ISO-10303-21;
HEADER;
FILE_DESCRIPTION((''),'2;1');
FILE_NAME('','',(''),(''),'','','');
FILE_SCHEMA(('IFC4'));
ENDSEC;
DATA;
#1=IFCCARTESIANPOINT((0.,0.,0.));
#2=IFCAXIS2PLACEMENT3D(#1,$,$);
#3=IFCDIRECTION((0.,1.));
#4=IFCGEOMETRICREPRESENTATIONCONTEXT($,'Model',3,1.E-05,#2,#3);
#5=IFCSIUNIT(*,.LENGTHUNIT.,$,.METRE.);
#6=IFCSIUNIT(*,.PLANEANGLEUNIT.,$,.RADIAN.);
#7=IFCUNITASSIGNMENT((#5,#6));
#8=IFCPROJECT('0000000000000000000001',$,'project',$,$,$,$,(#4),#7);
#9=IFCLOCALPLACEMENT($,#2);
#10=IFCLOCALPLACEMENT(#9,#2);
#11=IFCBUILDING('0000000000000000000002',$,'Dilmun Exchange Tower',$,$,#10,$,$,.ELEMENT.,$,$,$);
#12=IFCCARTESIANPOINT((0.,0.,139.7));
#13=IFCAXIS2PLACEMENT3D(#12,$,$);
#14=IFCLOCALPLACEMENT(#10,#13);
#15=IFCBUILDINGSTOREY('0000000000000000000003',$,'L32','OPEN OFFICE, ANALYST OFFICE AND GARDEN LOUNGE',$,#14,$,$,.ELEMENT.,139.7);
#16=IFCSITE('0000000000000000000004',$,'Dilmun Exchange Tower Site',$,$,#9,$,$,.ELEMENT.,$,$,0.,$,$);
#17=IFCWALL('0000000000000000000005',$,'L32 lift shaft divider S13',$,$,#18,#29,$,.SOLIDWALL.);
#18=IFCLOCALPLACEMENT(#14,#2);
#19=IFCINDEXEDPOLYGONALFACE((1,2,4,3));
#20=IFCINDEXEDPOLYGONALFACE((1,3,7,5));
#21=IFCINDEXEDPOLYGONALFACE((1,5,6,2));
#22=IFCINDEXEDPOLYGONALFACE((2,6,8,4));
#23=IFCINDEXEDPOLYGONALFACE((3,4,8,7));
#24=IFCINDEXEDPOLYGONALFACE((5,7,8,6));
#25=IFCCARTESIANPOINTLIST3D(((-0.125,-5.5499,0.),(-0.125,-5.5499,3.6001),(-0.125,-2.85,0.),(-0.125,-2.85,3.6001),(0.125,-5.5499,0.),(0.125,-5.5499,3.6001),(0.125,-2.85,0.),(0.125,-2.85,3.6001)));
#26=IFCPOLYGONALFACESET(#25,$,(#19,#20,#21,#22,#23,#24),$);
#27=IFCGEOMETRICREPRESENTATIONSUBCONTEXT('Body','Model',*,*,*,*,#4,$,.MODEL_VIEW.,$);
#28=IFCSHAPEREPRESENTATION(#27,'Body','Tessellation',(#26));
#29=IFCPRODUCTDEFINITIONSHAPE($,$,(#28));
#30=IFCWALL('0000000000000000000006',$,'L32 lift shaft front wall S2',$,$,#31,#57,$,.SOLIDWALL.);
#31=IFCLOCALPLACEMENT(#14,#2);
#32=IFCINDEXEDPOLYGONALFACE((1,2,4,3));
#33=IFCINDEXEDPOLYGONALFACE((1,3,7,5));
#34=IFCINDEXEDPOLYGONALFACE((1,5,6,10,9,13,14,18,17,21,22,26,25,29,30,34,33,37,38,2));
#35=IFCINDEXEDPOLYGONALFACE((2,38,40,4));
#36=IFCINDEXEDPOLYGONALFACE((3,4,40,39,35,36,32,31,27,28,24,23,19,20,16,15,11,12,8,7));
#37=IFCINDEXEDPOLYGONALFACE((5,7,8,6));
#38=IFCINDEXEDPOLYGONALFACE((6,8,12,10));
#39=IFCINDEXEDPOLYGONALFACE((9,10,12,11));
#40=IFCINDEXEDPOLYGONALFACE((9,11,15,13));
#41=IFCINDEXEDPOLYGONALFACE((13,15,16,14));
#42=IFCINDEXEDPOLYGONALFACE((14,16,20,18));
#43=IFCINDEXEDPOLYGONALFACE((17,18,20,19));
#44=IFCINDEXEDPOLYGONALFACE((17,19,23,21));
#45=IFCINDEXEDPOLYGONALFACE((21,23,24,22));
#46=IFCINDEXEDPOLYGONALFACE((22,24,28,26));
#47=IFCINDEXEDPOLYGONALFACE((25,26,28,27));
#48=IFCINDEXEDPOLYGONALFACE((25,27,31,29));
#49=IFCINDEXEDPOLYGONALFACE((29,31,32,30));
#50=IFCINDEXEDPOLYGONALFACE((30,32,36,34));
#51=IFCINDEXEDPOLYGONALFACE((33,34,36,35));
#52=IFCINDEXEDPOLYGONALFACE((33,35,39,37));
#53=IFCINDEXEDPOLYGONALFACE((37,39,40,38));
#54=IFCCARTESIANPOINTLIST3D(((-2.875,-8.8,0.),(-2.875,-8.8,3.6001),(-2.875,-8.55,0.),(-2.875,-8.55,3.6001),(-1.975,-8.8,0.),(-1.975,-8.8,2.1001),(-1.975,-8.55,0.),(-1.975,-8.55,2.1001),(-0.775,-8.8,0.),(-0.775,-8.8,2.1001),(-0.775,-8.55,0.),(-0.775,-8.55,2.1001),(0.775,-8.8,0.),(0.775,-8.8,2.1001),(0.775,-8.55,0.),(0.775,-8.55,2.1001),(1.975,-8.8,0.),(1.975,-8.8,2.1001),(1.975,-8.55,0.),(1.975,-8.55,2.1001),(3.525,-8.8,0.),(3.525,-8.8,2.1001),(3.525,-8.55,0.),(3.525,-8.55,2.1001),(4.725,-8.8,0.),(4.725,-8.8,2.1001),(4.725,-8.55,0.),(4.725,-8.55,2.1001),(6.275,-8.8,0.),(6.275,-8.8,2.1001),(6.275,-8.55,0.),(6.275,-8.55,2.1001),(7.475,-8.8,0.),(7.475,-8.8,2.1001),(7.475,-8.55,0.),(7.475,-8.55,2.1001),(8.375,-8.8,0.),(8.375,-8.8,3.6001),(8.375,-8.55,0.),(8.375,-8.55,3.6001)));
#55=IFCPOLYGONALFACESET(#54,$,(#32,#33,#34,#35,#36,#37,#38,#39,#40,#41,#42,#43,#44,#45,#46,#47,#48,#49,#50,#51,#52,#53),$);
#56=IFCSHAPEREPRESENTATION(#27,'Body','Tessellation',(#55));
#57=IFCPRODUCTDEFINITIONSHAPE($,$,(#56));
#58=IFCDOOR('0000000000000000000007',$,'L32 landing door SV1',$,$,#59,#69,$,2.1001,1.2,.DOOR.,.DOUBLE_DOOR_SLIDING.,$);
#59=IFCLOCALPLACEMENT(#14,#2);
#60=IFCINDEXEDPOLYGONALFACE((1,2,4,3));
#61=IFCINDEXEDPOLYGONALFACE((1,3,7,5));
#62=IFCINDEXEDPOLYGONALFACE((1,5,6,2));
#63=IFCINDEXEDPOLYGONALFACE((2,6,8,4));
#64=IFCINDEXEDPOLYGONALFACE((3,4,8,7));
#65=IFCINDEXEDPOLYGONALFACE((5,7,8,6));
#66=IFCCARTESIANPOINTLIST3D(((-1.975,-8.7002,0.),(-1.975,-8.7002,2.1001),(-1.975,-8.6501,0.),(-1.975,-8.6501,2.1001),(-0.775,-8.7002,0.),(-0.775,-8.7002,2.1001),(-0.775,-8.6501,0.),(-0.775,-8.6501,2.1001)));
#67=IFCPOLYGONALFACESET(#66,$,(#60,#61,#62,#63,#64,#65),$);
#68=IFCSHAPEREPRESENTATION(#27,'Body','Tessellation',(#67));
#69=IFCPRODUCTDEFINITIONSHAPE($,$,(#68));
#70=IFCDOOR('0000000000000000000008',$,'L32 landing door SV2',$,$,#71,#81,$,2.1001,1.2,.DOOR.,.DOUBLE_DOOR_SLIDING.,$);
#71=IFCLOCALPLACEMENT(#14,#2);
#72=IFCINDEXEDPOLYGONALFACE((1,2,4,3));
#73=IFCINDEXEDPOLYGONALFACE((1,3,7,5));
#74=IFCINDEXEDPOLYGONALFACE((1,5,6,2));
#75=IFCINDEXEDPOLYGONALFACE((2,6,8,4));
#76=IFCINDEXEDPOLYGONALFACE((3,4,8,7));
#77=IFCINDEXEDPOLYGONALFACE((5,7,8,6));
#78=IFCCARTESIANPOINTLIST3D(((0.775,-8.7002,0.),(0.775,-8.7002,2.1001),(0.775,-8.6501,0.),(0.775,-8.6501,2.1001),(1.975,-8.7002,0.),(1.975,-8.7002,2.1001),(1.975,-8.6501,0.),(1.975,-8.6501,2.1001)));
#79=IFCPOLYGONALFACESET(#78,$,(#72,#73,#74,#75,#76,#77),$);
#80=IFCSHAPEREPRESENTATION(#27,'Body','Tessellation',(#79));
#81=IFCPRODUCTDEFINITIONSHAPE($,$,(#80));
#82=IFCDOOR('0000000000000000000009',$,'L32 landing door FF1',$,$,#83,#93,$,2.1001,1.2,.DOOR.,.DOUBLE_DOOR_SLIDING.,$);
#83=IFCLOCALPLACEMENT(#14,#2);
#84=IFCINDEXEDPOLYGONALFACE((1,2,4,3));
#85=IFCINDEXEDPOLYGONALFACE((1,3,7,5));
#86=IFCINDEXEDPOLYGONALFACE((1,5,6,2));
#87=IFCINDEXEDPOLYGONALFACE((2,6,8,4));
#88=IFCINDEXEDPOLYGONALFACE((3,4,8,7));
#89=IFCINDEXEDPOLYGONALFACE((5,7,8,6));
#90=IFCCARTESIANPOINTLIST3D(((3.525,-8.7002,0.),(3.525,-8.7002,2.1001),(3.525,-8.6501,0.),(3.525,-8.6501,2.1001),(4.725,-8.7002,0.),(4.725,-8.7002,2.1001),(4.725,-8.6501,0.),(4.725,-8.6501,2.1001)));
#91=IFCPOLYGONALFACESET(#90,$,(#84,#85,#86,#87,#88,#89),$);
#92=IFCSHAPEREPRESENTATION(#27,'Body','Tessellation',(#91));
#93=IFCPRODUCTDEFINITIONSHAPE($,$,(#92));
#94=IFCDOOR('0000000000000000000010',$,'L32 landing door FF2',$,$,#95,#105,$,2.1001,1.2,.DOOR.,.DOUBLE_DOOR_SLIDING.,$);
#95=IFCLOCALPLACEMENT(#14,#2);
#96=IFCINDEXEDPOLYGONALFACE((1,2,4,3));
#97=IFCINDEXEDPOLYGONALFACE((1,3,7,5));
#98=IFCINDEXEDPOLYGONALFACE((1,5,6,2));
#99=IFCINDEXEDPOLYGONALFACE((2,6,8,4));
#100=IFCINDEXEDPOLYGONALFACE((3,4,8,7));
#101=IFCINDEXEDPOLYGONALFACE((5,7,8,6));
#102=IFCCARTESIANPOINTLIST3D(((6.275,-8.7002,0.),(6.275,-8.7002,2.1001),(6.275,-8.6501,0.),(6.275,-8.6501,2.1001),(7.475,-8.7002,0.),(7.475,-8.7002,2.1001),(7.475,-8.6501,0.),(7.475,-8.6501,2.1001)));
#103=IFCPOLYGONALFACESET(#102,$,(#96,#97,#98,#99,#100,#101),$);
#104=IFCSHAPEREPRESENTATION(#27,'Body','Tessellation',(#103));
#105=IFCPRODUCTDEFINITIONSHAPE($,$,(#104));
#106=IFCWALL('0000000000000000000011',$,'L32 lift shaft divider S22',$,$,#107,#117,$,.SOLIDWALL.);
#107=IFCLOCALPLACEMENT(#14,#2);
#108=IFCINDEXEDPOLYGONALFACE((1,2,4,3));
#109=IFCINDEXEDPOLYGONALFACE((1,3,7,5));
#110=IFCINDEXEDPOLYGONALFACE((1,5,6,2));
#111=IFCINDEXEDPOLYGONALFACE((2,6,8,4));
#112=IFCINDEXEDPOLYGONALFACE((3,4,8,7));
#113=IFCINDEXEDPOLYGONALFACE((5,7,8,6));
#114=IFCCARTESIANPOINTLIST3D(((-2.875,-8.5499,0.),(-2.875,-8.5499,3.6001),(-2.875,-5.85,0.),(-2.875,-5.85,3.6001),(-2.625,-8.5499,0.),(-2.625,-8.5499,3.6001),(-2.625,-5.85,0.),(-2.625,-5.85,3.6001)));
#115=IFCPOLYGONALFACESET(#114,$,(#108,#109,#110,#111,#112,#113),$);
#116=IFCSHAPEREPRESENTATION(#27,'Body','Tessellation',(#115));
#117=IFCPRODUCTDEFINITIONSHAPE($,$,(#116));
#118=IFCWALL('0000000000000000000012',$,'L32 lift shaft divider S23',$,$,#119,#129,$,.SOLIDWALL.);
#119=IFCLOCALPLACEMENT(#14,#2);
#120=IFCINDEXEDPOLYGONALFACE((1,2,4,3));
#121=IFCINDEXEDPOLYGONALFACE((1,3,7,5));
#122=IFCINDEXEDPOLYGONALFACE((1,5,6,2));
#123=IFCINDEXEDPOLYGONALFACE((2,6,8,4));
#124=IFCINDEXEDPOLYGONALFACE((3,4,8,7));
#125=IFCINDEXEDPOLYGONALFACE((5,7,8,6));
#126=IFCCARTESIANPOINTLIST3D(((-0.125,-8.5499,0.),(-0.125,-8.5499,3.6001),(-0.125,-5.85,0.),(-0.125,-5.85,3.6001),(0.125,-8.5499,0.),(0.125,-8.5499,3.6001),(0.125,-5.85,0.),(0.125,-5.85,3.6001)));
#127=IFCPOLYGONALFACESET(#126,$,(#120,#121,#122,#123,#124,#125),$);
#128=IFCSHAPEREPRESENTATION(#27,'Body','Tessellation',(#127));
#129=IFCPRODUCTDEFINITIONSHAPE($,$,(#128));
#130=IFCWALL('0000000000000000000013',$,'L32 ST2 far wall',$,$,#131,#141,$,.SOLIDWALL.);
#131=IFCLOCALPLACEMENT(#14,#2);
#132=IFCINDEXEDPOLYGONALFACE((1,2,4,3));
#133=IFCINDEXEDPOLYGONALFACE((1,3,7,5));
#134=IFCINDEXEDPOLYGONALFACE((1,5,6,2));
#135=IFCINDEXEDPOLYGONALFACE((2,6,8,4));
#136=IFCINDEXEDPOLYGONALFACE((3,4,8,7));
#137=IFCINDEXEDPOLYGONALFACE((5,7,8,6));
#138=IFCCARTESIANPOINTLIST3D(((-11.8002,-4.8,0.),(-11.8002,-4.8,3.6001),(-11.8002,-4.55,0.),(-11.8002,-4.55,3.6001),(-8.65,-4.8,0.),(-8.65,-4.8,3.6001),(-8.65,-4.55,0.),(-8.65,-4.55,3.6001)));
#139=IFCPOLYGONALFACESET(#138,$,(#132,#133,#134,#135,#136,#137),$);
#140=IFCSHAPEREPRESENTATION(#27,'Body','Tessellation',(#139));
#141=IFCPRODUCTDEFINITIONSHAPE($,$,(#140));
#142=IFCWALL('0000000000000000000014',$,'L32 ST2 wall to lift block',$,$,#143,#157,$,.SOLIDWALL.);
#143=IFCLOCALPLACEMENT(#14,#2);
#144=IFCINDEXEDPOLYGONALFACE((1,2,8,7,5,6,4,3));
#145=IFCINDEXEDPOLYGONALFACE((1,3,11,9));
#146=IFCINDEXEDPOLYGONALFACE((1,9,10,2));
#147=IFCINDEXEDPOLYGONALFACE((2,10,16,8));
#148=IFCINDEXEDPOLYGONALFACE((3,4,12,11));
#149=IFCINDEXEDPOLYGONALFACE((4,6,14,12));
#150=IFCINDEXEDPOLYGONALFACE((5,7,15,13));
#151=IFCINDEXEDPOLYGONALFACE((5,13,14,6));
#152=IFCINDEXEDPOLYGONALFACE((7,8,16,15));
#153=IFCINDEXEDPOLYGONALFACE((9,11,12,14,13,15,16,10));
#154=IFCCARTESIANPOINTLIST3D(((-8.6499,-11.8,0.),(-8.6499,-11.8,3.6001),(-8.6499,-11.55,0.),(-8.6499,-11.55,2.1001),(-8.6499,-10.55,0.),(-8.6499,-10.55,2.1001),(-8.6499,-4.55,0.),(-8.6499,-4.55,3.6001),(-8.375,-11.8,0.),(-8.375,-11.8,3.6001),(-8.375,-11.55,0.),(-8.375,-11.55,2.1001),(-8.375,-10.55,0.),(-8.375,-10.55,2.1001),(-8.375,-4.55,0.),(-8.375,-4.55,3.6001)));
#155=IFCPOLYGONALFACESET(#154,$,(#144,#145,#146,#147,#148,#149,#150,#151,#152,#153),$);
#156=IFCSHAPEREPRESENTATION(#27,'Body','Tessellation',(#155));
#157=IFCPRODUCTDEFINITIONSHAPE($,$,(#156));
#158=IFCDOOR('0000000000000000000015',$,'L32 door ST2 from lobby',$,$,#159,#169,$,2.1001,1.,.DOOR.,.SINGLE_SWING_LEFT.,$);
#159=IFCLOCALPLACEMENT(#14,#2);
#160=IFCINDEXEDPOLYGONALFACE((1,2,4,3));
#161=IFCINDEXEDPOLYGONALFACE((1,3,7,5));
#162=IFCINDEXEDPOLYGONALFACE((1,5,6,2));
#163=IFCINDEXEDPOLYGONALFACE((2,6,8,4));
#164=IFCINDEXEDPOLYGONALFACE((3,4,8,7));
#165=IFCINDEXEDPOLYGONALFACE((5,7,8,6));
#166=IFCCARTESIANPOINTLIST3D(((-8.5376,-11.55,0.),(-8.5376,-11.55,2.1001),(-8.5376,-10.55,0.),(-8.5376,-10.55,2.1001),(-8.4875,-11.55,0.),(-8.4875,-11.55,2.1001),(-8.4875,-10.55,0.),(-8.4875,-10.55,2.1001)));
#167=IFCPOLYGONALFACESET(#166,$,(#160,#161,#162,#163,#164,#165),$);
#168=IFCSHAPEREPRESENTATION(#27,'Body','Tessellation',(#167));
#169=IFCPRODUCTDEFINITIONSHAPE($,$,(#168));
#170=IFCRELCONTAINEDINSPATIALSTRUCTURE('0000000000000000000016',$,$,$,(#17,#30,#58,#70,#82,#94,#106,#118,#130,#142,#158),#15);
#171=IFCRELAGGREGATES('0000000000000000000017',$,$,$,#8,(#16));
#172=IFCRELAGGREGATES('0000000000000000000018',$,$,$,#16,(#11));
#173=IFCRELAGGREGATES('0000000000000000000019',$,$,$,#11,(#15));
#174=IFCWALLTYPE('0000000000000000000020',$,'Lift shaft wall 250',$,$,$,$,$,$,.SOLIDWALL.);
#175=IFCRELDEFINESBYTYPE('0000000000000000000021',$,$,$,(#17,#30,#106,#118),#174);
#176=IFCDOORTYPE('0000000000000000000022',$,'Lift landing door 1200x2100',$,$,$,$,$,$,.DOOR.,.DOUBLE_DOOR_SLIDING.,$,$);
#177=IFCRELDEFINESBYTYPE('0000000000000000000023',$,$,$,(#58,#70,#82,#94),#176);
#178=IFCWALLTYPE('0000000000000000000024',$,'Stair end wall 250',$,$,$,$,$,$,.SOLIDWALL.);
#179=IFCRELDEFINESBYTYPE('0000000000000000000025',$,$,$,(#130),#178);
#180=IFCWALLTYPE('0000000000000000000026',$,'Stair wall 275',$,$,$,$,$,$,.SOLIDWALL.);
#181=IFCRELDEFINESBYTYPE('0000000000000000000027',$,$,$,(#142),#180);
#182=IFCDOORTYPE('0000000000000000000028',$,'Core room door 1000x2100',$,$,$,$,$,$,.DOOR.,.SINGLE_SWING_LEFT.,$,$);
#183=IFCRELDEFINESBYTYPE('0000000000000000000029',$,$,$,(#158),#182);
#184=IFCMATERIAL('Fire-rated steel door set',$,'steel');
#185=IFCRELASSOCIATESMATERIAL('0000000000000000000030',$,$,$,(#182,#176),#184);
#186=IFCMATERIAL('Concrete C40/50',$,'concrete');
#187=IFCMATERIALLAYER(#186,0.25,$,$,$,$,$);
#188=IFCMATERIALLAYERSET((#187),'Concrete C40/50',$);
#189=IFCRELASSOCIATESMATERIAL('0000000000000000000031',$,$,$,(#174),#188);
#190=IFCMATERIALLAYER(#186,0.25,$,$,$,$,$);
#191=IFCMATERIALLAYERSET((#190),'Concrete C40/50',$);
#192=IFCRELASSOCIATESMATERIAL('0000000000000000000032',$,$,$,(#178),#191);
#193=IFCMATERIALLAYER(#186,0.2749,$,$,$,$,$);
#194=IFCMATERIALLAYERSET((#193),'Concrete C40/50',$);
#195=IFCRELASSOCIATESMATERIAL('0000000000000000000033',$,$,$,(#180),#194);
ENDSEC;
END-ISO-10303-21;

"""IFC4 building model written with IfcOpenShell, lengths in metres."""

from ifc_helpers import new_model, si_unit, direction, frame, frame_2d, origin, place, context, subcontext, project, spatial, rectangle, extrude, material, layer, layer_set, type_object, element, fill, save


model = new_model("IFC4")

# Units and contexts
model_context = context("Model", 3, precision=1e-05, world=origin(), true_north=direction((0.0, 1.0)))
body_context = subcontext(model_context, "Body", "Model", "MODEL_VIEW")
ifc_project = project(units=[si_unit("LENGTHUNIT", "METRE"), si_unit("PLANEANGLEUNIT", "RADIAN")], contexts=[model_context])

# Site, building, storey
site_placement = place(None, origin())
site = spatial("IfcSite", under=ifc_project, at=site_placement, Name="Dilmun Exchange Tower Site", CompositionType="ELEMENT", RefElevation=0.0)
building_placement = place(site_placement, origin())
building = spatial("IfcBuilding", under=site, at=building_placement, Name="Dilmun Exchange Tower", CompositionType="ELEMENT")
storey_placement = place(building_placement, frame((0.0, 0.0, 139.7)))
storey = spatial("IfcBuildingStorey", under=building, at=storey_placement, Name="L32", Description="OPEN OFFICE, ANALYST OFFICE AND GARDEN LOUNGE", CompositionType="ELEMENT", Elevation=139.7)

# Shared definitions
ifc_material_1 = material(Name="Concrete C40/50", Category="concrete")
ifc_material_2 = material(Name="Fire-rated steel door set", Category="steel")

# Shared definitions
door_type_1 = type_object("IfcDoorType", Name="Core room door 1000x2100", OperationType="SINGLE_SWING_LEFT", PredefinedType="DOOR", material=ifc_material_2)

# Wall
ifc_layer_1 = layer(ifc_material_1, 0.25)
ifc_layer_set_1 = layer_set([ifc_layer_1], Name="Concrete C40/50")
wall_type_1 = type_object("IfcWallType", Name="Lift shaft wall 250", PredefinedType="SOLIDWALL", material=ifc_layer_set_1)
for number, where, z_axis, x_axis, name in (
    (1, (0.0, -5.55, 0.0), (0.0, 0.0, 1.0), (0.0, 1.0, 0.0), "L32 lift shaft divider S13"),
):
    element("IfcWall", number, at=place(storey_placement, frame(where, z_axis=z_axis, x_axis=x_axis)), inside=storey, type_object=wall_type_1, Name=name, PredefinedType="SOLIDWALL", context=body_context, shape_type="SweptSolid", body=[
        extrude(rectangle(XDim=2.7, YDim=0.25, at=frame_2d((1.3501, 0.0))), origin(), (0.0, 0.0, 1.0), 3.6001),
    ])

# Wall, openings, doors
wall_1_placement = place(storey_placement, frame((-2.875, -8.675, 0.0), z_axis=(0.0, 0.0, 1.0), x_axis=(1.0, 0.0, 0.0)))
wall_1 = element("IfcWall", 2, at=wall_1_placement, inside=storey, type_object=wall_type_1, Name="L32 lift shaft front wall S2", PredefinedType="SOLIDWALL", context=body_context, shape_type="SweptSolid", body=[
    extrude(rectangle(XDim=11.25, YDim=0.25, at=frame_2d((5.625, 0.0))), origin(), (0.0, 0.0, 1.0), 3.6001),
])
opening_1_placement = place(wall_1_placement, frame((0.8999, 0.0, 0.0)))
opening_1 = element("IfcOpeningElement", 3, at=opening_1_placement, cuts=wall_1, PredefinedType="OPENING", context=body_context, shape_type="SweptSolid", body=[
    extrude(rectangle(XDim=1.2, YDim=2.1001, at=frame_2d((0.6001, 1.05))), frame((0.0, 0.135, 0.0), z_axis=(0.0, -1.0, 0.0), x_axis=(1.0, 0.0, 0.0)), (0.0, 0.0, 1.0), 0.27),
])
opening_2_placement = place(wall_1_placement, frame((3.6499, 0.0, 0.0)))
opening_2 = element("IfcOpeningElement", 4, at=opening_2_placement, cuts=wall_1, PredefinedType="OPENING", context=body_context, shape_type="SweptSolid", body=[
    extrude(rectangle(XDim=1.2, YDim=2.1001, at=frame_2d((0.6001, 1.05))), frame((0.0, 0.135, 0.0), z_axis=(0.0, -1.0, 0.0), x_axis=(1.0, 0.0, 0.0)), (0.0, 0.0, 1.0), 0.27),
])
opening_3_placement = place(wall_1_placement, frame((6.3999, 0.0, 0.0)))
opening_3 = element("IfcOpeningElement", 5, at=opening_3_placement, cuts=wall_1, PredefinedType="OPENING", context=body_context, shape_type="SweptSolid", body=[
    extrude(rectangle(XDim=1.2, YDim=2.1001, at=frame_2d((0.6001, 1.05))), frame((0.0, 0.135, 0.0), z_axis=(0.0, -1.0, 0.0), x_axis=(1.0, 0.0, 0.0)), (0.0, 0.0, 1.0), 0.27),
])
opening_4_placement = place(wall_1_placement, frame((9.1499, 0.0, 0.0)))
opening_4 = element("IfcOpeningElement", 6, at=opening_4_placement, cuts=wall_1, PredefinedType="OPENING", context=body_context, shape_type="SweptSolid", body=[
    extrude(rectangle(XDim=1.2, YDim=2.1001, at=frame_2d((0.6001, 1.05))), frame((0.0, 0.135, 0.0), z_axis=(0.0, -1.0, 0.0), x_axis=(1.0, 0.0, 0.0)), (0.0, 0.0, 1.0), 0.27),
])
door_type_2 = type_object("IfcDoorType", Name="Lift landing door 1200x2100", OperationType="DOUBLE_DOOR_SLIDING", PredefinedType="DOOR", material=ifc_material_2)
door_1_placement = place(opening_1_placement, origin())
door_1 = element("IfcDoor", 7, at=door_1_placement, inside=storey, type_object=door_type_2, Name="L32 landing door SV1", OperationType="DOUBLE_DOOR_SLIDING", OverallHeight=2.1001, OverallWidth=1.2, PredefinedType="DOOR", context=body_context, shape_type="SweptSolid", body=[
    extrude(rectangle(XDim=1.2, YDim=2.1001, at=frame_2d((0.6001, 1.05))), frame((0.0, 0.0249, 0.0), z_axis=(0.0, -1.0, 0.0), x_axis=(1.0, 0.0, 0.0)), (0.0, 0.0, 1.0), 0.05),
])
fill(opening_1, door_1)
door_2_placement = place(opening_2_placement, origin())
door_2 = element("IfcDoor", 8, at=door_2_placement, inside=storey, type_object=door_type_2, Name="L32 landing door SV2", OperationType="DOUBLE_DOOR_SLIDING", OverallHeight=2.1001, OverallWidth=1.2, PredefinedType="DOOR", context=body_context, shape_type="SweptSolid", body=[
    extrude(rectangle(XDim=1.2, YDim=2.1001, at=frame_2d((0.6001, 1.05))), frame((0.0, 0.0249, 0.0), z_axis=(0.0, -1.0, 0.0), x_axis=(1.0, 0.0, 0.0)), (0.0, 0.0, 1.0), 0.05),
])
fill(opening_2, door_2)
door_3_placement = place(opening_3_placement, origin())
door_3 = element("IfcDoor", 9, at=door_3_placement, inside=storey, type_object=door_type_2, Name="L32 landing door FF1", OperationType="DOUBLE_DOOR_SLIDING", OverallHeight=2.1001, OverallWidth=1.2, PredefinedType="DOOR", context=body_context, shape_type="SweptSolid", body=[
    extrude(rectangle(XDim=1.2, YDim=2.1001, at=frame_2d((0.6001, 1.05))), frame((0.0, 0.0249, 0.0), z_axis=(0.0, -1.0, 0.0), x_axis=(1.0, 0.0, 0.0)), (0.0, 0.0, 1.0), 0.05),
])
fill(opening_3, door_3)
door_4_placement = place(opening_4_placement, origin())
door_4 = element("IfcDoor", 10, at=door_4_placement, inside=storey, type_object=door_type_2, Name="L32 landing door FF2", OperationType="DOUBLE_DOOR_SLIDING", OverallHeight=2.1001, OverallWidth=1.2, PredefinedType="DOOR", context=body_context, shape_type="SweptSolid", body=[
    extrude(rectangle(XDim=1.2, YDim=2.1001, at=frame_2d((0.6001, 1.05))), frame((0.0, 0.0249, 0.0), z_axis=(0.0, -1.0, 0.0), x_axis=(1.0, 0.0, 0.0)), (0.0, 0.0, 1.0), 0.05),
])
fill(opening_4, door_4)

# Walls
for number, where, z_axis, x_axis, name in (
    (11, (-2.75, -8.55, 0.0), (0.0, 0.0, 1.0), (0.0, 1.0, 0.0), "L32 lift shaft divider S22"),
    (12, (0.0, -8.55, 0.0), (0.0, 0.0, 1.0), (0.0, 1.0, 0.0), "L32 lift shaft divider S23"),
):
    element("IfcWall", number, at=place(storey_placement, frame(where, z_axis=z_axis, x_axis=x_axis)), inside=storey, type_object=wall_type_1, Name=name, PredefinedType="SOLIDWALL", context=body_context, shape_type="SweptSolid", body=[
        extrude(rectangle(XDim=2.7, YDim=0.25, at=frame_2d((1.3501, 0.0))), origin(), (0.0, 0.0, 1.0), 3.6001),
    ])
ifc_layer_2 = layer(ifc_material_1, 0.25)
ifc_layer_set_2 = layer_set([ifc_layer_2], Name="Concrete C40/50")
wall_type_2 = type_object("IfcWallType", Name="Stair end wall 250", PredefinedType="SOLIDWALL", material=ifc_layer_set_2)
wall_2_placement = place(storey_placement, frame((-8.6499, -4.675, 0.0), z_axis=(0.0, 0.0, 1.0), x_axis=(-1.0, 0.0, 0.0)))
element("IfcWall", 13, at=wall_2_placement, inside=storey, type_object=wall_type_2, Name="L32 ST2 far wall", PredefinedType="SOLIDWALL", context=body_context, shape_type="SweptSolid", body=[
    extrude(rectangle(XDim=3.1501, YDim=0.25, at=frame_2d((1.5752, 0.0))), origin(), (0.0, 0.0, 1.0), 3.6001),
])

# Wall, opening, door
ifc_layer_3 = layer(ifc_material_1, 0.2749)
ifc_layer_set_3 = layer_set([ifc_layer_3], Name="Concrete C40/50")
wall_type_3 = type_object("IfcWallType", Name="Stair wall 275", PredefinedType="SOLIDWALL", material=ifc_layer_set_3)
wall_3_placement = place(storey_placement, frame((-8.5125, -4.55, 0.0), z_axis=(0.0, 0.0, 1.0), x_axis=(0.0, -1.0, 0.0)))
wall_3 = element("IfcWall", 14, at=wall_3_placement, inside=storey, type_object=wall_type_3, Name="L32 ST2 wall to lift block", PredefinedType="SOLIDWALL", context=body_context, shape_type="SweptSolid", body=[
    extrude(rectangle(XDim=7.25, YDim=0.2749, at=frame_2d((3.625, 0.0))), origin(), (0.0, 0.0, 1.0), 3.6001),
])
opening_5_placement = place(wall_3_placement, frame((6.0, 0.0, 0.0)))
opening_5 = element("IfcOpeningElement", 15, at=opening_5_placement, cuts=wall_3, PredefinedType="OPENING", context=body_context, shape_type="SweptSolid", body=[
    extrude(rectangle(XDim=1.0, YDim=2.1001, at=frame_2d((0.5, 1.05))), frame((0.0, 0.1475, 0.0), z_axis=(0.0, -1.0, 0.0), x_axis=(1.0, 0.0, 0.0)), (0.0, 0.0, 1.0), 0.2949),
])
door_5_placement = place(opening_5_placement, origin())
door_5 = element("IfcDoor", 16, at=door_5_placement, inside=storey, type_object=door_type_1, Name="L32 door ST2 from lobby", OperationType="SINGLE_SWING_LEFT", OverallHeight=2.1001, OverallWidth=1.0, PredefinedType="DOOR", context=body_context, shape_type="SweptSolid", body=[
    extrude(rectangle(XDim=1.0, YDim=2.1001, at=frame_2d((0.5, 1.05))), frame((0.0, 0.0249, 0.0), z_axis=(0.0, -1.0, 0.0), x_axis=(1.0, 0.0, 0.0)), (0.0, 0.0, 1.0), 0.05),
])
fill(opening_5, door_5)

save(model, "model.ifc")
